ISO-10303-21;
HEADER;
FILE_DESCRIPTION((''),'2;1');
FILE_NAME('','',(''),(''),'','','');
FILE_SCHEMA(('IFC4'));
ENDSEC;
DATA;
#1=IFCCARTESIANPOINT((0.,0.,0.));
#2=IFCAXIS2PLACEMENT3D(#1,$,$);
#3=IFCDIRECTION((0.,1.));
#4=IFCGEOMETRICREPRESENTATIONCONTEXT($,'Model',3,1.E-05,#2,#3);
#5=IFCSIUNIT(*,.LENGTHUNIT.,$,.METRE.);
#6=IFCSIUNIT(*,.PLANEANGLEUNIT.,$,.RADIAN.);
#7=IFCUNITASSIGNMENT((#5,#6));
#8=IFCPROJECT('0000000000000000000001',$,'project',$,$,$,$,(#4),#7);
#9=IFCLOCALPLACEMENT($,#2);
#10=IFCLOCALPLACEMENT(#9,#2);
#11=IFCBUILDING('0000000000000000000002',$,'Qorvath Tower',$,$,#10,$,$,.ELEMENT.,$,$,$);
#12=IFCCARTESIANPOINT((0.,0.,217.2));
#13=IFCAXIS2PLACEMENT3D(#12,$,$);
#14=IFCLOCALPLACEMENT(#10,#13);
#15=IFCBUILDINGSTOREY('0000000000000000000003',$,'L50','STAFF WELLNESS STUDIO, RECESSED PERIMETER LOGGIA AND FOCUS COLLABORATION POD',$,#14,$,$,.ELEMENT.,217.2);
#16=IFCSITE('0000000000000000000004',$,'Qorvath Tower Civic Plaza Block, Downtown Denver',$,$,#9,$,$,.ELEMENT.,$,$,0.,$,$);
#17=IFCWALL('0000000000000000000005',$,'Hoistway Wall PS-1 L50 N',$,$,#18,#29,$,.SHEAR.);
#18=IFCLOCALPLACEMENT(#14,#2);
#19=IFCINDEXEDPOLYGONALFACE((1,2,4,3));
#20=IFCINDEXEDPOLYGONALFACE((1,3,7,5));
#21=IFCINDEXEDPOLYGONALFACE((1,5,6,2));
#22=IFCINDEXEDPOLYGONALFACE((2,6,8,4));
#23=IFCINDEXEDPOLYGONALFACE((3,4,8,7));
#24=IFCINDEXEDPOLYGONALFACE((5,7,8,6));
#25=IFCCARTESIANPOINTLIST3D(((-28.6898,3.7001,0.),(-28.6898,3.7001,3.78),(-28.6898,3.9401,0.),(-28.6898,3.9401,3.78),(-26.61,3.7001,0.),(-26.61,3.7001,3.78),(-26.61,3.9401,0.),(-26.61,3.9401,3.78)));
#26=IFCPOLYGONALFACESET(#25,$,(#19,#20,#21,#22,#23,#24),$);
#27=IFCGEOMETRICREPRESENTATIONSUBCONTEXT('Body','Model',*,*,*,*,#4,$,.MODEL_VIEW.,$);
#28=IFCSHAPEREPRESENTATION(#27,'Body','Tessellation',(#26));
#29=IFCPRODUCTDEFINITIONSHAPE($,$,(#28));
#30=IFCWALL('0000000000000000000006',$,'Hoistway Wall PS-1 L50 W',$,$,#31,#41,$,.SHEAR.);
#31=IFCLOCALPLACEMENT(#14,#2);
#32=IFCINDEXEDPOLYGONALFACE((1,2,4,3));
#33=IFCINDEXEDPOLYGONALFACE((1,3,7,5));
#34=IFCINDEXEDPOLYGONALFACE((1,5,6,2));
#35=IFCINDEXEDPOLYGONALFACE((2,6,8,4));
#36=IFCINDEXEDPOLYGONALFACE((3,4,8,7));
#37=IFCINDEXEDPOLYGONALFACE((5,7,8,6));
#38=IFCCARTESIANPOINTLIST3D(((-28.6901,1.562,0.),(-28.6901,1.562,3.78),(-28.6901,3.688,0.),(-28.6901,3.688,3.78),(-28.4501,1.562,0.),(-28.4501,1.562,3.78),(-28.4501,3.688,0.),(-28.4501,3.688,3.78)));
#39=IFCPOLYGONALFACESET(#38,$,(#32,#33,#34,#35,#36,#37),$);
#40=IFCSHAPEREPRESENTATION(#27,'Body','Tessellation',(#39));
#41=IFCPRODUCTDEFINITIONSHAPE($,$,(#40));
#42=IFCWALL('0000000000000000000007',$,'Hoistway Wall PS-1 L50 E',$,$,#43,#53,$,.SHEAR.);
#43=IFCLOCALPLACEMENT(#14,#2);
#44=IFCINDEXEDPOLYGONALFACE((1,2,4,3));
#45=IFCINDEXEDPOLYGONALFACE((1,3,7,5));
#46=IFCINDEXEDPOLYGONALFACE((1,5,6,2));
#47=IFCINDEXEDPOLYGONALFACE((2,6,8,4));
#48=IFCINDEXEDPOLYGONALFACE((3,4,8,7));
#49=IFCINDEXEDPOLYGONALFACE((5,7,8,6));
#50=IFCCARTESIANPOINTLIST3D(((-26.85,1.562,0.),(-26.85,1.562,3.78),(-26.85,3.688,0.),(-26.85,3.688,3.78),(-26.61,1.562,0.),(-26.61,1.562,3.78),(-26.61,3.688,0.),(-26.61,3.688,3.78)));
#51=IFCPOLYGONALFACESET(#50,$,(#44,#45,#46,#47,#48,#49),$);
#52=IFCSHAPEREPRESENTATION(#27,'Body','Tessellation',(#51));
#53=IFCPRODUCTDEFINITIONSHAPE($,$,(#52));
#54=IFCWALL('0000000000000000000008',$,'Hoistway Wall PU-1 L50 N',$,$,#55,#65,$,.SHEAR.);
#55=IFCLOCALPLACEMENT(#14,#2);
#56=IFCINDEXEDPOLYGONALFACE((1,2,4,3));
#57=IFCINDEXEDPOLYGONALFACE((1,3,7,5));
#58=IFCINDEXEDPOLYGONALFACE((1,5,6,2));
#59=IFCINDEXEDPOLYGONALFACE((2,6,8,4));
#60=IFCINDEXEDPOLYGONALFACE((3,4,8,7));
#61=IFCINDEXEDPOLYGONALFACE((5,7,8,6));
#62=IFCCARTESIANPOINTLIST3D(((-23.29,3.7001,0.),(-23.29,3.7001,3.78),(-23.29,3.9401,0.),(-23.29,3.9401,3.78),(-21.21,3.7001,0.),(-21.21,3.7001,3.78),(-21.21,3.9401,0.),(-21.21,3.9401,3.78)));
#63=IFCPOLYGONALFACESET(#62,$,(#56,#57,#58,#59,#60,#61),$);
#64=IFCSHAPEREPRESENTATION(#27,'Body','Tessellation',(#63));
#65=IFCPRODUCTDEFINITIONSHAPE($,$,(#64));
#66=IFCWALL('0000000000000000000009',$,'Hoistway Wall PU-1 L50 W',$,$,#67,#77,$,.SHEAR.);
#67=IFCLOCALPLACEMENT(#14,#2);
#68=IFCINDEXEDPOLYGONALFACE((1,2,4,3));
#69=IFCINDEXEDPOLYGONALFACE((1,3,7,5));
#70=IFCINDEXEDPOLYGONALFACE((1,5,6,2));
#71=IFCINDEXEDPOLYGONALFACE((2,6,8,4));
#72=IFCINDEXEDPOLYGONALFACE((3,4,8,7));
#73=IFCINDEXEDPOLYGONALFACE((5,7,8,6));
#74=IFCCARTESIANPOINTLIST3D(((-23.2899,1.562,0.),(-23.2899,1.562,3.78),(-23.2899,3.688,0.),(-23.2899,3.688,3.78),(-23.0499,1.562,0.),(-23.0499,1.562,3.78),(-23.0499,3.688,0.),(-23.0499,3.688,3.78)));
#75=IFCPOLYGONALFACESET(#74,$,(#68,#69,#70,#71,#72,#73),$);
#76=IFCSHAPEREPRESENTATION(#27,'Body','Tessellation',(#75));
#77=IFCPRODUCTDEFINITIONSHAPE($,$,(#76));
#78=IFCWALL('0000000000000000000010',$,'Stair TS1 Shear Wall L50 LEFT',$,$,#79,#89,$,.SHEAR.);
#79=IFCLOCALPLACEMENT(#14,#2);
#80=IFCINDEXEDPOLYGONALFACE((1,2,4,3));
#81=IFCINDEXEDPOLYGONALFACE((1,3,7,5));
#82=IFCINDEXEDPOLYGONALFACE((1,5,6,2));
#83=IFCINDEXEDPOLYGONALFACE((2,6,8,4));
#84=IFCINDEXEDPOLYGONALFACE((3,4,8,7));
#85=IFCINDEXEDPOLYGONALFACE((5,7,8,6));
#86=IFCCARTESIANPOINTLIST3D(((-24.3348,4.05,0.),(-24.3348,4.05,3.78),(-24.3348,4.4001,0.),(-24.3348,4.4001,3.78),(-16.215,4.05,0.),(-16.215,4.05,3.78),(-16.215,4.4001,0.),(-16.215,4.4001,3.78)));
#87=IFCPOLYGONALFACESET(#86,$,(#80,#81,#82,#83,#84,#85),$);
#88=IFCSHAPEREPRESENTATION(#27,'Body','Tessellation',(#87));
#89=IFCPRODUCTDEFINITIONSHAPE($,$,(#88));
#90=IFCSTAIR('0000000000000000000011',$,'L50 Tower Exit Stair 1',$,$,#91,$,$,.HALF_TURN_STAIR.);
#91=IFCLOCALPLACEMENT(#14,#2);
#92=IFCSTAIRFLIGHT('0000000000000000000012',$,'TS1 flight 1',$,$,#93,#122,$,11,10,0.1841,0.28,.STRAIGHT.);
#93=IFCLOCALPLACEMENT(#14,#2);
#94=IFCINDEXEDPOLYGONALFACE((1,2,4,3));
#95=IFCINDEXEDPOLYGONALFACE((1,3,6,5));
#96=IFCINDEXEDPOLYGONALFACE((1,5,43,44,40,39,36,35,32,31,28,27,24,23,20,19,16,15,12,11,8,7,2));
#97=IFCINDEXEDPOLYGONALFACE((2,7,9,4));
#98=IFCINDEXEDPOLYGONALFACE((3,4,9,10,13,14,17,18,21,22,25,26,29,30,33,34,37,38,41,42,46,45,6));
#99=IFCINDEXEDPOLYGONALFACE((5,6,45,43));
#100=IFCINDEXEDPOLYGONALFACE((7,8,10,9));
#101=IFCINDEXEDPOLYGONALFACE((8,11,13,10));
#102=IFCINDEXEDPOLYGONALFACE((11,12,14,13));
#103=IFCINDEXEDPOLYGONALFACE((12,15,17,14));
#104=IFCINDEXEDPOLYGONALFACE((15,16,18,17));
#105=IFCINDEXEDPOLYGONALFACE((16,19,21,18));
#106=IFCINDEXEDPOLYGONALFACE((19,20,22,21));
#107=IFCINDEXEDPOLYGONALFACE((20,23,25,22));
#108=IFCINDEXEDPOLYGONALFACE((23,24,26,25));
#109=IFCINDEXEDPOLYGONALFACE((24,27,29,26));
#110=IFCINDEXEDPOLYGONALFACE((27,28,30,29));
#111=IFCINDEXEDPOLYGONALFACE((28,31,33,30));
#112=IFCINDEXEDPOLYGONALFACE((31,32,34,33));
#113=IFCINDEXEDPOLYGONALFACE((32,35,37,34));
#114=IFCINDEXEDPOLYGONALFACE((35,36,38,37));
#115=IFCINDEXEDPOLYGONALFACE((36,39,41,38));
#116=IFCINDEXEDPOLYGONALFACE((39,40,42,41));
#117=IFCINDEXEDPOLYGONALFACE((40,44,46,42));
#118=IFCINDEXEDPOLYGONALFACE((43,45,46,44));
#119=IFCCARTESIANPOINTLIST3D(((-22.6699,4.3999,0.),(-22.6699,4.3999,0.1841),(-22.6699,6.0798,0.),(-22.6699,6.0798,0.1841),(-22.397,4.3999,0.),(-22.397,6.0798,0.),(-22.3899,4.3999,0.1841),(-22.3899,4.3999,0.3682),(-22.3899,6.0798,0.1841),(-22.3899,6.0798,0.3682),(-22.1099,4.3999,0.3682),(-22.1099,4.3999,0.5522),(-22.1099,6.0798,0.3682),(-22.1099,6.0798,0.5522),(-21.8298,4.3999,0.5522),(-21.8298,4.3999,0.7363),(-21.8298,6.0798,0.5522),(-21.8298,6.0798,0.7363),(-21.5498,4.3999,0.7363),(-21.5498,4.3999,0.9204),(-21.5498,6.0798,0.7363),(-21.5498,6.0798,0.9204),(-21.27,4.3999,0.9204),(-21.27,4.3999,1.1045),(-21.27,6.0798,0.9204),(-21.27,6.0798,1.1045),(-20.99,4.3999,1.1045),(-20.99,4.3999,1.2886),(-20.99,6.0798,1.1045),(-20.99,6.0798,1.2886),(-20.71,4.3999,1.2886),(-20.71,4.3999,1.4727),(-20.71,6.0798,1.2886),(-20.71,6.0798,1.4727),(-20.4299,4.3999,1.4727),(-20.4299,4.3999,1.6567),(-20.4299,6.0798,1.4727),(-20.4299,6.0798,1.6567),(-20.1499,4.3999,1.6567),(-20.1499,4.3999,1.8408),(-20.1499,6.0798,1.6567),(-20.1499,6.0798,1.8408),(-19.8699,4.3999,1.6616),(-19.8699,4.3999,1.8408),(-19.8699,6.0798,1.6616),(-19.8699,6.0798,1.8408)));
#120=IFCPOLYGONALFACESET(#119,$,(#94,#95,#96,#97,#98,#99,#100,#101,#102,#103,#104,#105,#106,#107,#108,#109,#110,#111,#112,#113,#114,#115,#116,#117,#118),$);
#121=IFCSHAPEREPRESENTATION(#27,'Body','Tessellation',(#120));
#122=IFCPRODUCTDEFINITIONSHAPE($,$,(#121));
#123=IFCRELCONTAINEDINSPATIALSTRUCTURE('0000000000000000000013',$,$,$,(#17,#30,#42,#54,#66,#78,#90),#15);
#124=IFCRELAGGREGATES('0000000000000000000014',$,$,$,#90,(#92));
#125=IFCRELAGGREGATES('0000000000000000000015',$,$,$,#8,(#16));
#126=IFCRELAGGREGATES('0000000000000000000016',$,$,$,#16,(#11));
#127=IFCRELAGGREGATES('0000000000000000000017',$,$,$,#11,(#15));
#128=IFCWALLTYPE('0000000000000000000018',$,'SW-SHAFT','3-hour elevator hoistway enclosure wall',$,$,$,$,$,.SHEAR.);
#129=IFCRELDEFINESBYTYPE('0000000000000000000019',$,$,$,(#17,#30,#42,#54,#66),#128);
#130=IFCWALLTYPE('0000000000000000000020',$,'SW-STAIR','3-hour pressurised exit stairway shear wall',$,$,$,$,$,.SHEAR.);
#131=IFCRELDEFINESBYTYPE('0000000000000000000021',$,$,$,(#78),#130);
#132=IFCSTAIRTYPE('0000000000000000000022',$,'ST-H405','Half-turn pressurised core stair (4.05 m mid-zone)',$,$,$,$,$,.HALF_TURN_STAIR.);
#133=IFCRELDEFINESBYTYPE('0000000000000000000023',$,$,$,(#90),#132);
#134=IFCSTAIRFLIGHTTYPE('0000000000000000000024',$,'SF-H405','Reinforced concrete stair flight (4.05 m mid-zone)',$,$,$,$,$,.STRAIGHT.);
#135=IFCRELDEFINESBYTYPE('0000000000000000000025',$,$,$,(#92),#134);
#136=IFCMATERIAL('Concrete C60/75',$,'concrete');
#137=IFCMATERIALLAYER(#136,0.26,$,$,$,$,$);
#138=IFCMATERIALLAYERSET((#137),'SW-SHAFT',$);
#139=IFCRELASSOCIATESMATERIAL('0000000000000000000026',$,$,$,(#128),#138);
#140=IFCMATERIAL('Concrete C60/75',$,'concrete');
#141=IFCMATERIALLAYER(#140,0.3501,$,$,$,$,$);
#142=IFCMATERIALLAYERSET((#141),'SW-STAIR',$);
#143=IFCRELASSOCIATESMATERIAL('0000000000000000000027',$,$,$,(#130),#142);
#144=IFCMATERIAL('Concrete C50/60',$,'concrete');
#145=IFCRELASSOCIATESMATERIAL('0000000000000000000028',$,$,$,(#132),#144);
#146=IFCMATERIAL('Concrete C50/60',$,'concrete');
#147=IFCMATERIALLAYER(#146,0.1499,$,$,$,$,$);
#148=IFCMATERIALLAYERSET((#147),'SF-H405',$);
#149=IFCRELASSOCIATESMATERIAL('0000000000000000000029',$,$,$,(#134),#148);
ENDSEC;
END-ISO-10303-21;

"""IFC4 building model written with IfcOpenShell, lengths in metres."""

from ifc_helpers import new_model, si_unit, direction, frame, frame_2d, origin, place, context, subcontext, project, spatial, polyline, rectangle, outline, extrude, material, layer, layer_set, type_object, element, aggregate, save


model = new_model("IFC4")

# Units and contexts
model_context = context("Model", 3, precision=1e-05, world=origin(), true_north=direction((0.0, 1.0)))
body_context = subcontext(model_context, "Body", "Model", "MODEL_VIEW")
ifc_project = project(units=[si_unit("LENGTHUNIT", "METRE"), si_unit("PLANEANGLEUNIT", "RADIAN")], contexts=[model_context])

# Site, building, storey
site_placement = place(None, origin())
site = spatial("IfcSite", under=ifc_project, at=site_placement, Name="Qorvath Tower Civic Plaza Block, Downtown Denver", CompositionType="ELEMENT", RefElevation=0.0)
building_placement = place(site_placement, origin())
building = spatial("IfcBuilding", under=site, at=building_placement, Name="Qorvath Tower", CompositionType="ELEMENT")
storey_placement = place(building_placement, frame((0.0, 0.0, 217.2)))
storey = spatial("IfcBuildingStorey", under=building, at=storey_placement, Name="L50", Description="STAFF WELLNESS STUDIO, RECESSED PERIMETER LOGGIA AND FOCUS COLLABORATION POD", CompositionType="ELEMENT", Elevation=217.2)

# Shared definitions
ifc_material_1 = material(Name="Concrete C60/75", Category="concrete")
ifc_layer_1 = layer(ifc_material_1, 0.26)
ifc_layer_set_1 = layer_set([ifc_layer_1], Name="SW-SHAFT")
wall_type_1 = type_object("IfcWallType", Name="SW-SHAFT", Description="3-hour elevator hoistway enclosure wall", PredefinedType="SHEAR", material=ifc_layer_set_1)

# Walls
for number, where, z_axis, x_axis, name in (
    (1, (-28.6899, 3.8201, 0.0), (0.0, 0.0, 1.0), (1.0, 0.0, 0.0), "Hoistway Wall PS-1 L50 N"),
):
    element("IfcWall", number, at=place(storey_placement, frame(where, z_axis=z_axis, x_axis=x_axis)), inside=storey, type_object=wall_type_1, Name=name, PredefinedType="SHEAR", context=body_context, shape_type="SweptSolid", body=[
        extrude(rectangle(XDim=2.0798, YDim=0.24, at=frame_2d((1.04, 0.0))), origin(), (0.0, 0.0, 1.0), 3.78),
    ])
for number, where, z_axis, x_axis, name in (
    (2, (-28.5701, 1.562, 0.0), (0.0, 0.0, 1.0), (0.0, 1.0, 0.0), "Hoistway Wall PS-1 L50 W"),
    (3, (-26.73, 3.688, 0.0), (0.0, 0.0, 1.0), (0.0, -1.0, 0.0), "Hoistway Wall PS-1 L50 E"),
):
    element("IfcWall", number, at=place(storey_placement, frame(where, z_axis=z_axis, x_axis=x_axis)), inside=storey, type_object=wall_type_1, Name=name, PredefinedType="SHEAR", context=body_context, shape_type="SweptSolid", body=[
        extrude(rectangle(XDim=2.126, YDim=0.24, at=frame_2d((1.063, 0.0))), origin(), (0.0, 0.0, 1.0), 3.78),
    ])
wall_1_placement = place(storey_placement, frame((-23.29, 3.8201, 0.0), z_axis=(0.0, 0.0, 1.0), x_axis=(1.0, 0.0, 0.0)))
element("IfcWall", 4, at=wall_1_placement, inside=storey, type_object=wall_type_1, Name="Hoistway Wall PU-1 L50 N", PredefinedType="SHEAR", context=body_context, shape_type="SweptSolid", body=[
    extrude(rectangle(XDim=2.0801, YDim=0.24, at=frame_2d((1.04, 0.0))), origin(), (0.0, 0.0, 1.0), 3.78),
])
wall_2_placement = place(storey_placement, frame((-23.1699, 1.562, 0.0), z_axis=(0.0, 0.0, 1.0), x_axis=(0.0, 1.0, 0.0)))
element("IfcWall", 5, at=wall_2_placement, inside=storey, type_object=wall_type_1, Name="Hoistway Wall PU-1 L50 W", PredefinedType="SHEAR", context=body_context, shape_type="SweptSolid", body=[
    extrude(rectangle(XDim=2.126, YDim=0.24, at=frame_2d((1.063, 0.0))), origin(), (0.0, 0.0, 1.0), 3.78),
])
ifc_material_2 = material(Name="Concrete C60/75", Category="concrete")
ifc_layer_2 = layer(ifc_material_2, 0.3501)
ifc_layer_set_2 = layer_set([ifc_layer_2], Name="SW-STAIR")
wall_type_2 = type_object("IfcWallType", Name="SW-STAIR", Description="3-hour pressurised exit stairway shear wall", PredefinedType="SHEAR", material=ifc_layer_set_2)
wall_3_placement = place(storey_placement, frame((-24.335, 4.2251, 0.0), z_axis=(0.0, 0.0, 1.0), x_axis=(1.0, 0.0, 0.0)))
element("IfcWall", 6, at=wall_3_placement, inside=storey, type_object=wall_type_2, Name="Stair TS1 Shear Wall L50 LEFT", PredefinedType="SHEAR", context=body_context, shape_type="SweptSolid", body=[
    extrude(rectangle(XDim=8.1199, YDim=0.3501, at=frame_2d((4.0601, 0.0))), origin(), (0.0, 0.0, 1.0), 3.78),
])

# Stair, stair flight
ifc_material_3 = material(Name="Concrete C50/60", Category="concrete")
stair_type = type_object("IfcStairType", Name="ST-H405", Description="Half-turn pressurised core stair (4.05 m mid-zone)", PredefinedType="HALF_TURN_STAIR", material=ifc_material_3)
stair_placement = place(storey_placement, origin())
stair = element("IfcStair", 7, at=stair_placement, inside=storey, type_object=stair_type, Name="L50 Tower Exit Stair 1", PredefinedType="HALF_TURN_STAIR")
ifc_material_4 = material(Name="Concrete C50/60", Category="concrete")
ifc_layer_3 = layer(ifc_material_4, 0.1499)
ifc_layer_set_3 = layer_set([ifc_layer_3], Name="SF-H405")
stair_flight_type = type_object("IfcStairFlightType", Name="SF-H405", Description="Reinforced concrete stair flight (4.05 m mid-zone)", PredefinedType="STRAIGHT", material=ifc_layer_set_3)
stair_flight_placement = place(storey_placement, frame((-22.6699, 5.24, 0.0), z_axis=(0.0, 0.0, 1.0), x_axis=(1.0, 0.0, 0.0)))
stair_flight = element("IfcStairFlight", 8, at=stair_flight_placement, type_object=stair_flight_type, Name="TS1 flight 1", NumberOfRisers=11, NumberOfTreads=10, PredefinedType="STRAIGHT", RiserHeight=0.1841, TreadLength=0.28, context=body_context, shape_type="SweptSolid", body=[
    extrude(outline(polyline([(0.0, 0.0), (0.0, 0.1841), (0.28, 0.1841), (0.28, 0.3682), (0.5601, 0.3682), (0.5601, 0.5522), (0.8401, 0.5522), (0.8401, 0.7363), (1.1201, 0.7363), (1.1201, 0.9204), (1.3999, 0.9204), (1.3999, 1.1045), (1.6799, 1.1045), (1.6799, 1.2886), (1.96, 1.2886), (1.96, 1.4727), (2.24, 1.4727), (2.24, 1.6567), (2.52, 1.6567), (2.52, 1.8408), (2.8, 1.8408), (2.8, 2.0249), (2.8, 1.6616), (0.2729, 0.0), (0.0, 0.0)])), frame((0.0, 0.8398, 0.0), z_axis=(0.0, -1.0, 0.0), x_axis=(1.0, 0.0, 0.0)), (0.0, 0.0, 1.0), 1.6799),
])
aggregate(stair, [stair_flight])

save(model, "model.ifc")
